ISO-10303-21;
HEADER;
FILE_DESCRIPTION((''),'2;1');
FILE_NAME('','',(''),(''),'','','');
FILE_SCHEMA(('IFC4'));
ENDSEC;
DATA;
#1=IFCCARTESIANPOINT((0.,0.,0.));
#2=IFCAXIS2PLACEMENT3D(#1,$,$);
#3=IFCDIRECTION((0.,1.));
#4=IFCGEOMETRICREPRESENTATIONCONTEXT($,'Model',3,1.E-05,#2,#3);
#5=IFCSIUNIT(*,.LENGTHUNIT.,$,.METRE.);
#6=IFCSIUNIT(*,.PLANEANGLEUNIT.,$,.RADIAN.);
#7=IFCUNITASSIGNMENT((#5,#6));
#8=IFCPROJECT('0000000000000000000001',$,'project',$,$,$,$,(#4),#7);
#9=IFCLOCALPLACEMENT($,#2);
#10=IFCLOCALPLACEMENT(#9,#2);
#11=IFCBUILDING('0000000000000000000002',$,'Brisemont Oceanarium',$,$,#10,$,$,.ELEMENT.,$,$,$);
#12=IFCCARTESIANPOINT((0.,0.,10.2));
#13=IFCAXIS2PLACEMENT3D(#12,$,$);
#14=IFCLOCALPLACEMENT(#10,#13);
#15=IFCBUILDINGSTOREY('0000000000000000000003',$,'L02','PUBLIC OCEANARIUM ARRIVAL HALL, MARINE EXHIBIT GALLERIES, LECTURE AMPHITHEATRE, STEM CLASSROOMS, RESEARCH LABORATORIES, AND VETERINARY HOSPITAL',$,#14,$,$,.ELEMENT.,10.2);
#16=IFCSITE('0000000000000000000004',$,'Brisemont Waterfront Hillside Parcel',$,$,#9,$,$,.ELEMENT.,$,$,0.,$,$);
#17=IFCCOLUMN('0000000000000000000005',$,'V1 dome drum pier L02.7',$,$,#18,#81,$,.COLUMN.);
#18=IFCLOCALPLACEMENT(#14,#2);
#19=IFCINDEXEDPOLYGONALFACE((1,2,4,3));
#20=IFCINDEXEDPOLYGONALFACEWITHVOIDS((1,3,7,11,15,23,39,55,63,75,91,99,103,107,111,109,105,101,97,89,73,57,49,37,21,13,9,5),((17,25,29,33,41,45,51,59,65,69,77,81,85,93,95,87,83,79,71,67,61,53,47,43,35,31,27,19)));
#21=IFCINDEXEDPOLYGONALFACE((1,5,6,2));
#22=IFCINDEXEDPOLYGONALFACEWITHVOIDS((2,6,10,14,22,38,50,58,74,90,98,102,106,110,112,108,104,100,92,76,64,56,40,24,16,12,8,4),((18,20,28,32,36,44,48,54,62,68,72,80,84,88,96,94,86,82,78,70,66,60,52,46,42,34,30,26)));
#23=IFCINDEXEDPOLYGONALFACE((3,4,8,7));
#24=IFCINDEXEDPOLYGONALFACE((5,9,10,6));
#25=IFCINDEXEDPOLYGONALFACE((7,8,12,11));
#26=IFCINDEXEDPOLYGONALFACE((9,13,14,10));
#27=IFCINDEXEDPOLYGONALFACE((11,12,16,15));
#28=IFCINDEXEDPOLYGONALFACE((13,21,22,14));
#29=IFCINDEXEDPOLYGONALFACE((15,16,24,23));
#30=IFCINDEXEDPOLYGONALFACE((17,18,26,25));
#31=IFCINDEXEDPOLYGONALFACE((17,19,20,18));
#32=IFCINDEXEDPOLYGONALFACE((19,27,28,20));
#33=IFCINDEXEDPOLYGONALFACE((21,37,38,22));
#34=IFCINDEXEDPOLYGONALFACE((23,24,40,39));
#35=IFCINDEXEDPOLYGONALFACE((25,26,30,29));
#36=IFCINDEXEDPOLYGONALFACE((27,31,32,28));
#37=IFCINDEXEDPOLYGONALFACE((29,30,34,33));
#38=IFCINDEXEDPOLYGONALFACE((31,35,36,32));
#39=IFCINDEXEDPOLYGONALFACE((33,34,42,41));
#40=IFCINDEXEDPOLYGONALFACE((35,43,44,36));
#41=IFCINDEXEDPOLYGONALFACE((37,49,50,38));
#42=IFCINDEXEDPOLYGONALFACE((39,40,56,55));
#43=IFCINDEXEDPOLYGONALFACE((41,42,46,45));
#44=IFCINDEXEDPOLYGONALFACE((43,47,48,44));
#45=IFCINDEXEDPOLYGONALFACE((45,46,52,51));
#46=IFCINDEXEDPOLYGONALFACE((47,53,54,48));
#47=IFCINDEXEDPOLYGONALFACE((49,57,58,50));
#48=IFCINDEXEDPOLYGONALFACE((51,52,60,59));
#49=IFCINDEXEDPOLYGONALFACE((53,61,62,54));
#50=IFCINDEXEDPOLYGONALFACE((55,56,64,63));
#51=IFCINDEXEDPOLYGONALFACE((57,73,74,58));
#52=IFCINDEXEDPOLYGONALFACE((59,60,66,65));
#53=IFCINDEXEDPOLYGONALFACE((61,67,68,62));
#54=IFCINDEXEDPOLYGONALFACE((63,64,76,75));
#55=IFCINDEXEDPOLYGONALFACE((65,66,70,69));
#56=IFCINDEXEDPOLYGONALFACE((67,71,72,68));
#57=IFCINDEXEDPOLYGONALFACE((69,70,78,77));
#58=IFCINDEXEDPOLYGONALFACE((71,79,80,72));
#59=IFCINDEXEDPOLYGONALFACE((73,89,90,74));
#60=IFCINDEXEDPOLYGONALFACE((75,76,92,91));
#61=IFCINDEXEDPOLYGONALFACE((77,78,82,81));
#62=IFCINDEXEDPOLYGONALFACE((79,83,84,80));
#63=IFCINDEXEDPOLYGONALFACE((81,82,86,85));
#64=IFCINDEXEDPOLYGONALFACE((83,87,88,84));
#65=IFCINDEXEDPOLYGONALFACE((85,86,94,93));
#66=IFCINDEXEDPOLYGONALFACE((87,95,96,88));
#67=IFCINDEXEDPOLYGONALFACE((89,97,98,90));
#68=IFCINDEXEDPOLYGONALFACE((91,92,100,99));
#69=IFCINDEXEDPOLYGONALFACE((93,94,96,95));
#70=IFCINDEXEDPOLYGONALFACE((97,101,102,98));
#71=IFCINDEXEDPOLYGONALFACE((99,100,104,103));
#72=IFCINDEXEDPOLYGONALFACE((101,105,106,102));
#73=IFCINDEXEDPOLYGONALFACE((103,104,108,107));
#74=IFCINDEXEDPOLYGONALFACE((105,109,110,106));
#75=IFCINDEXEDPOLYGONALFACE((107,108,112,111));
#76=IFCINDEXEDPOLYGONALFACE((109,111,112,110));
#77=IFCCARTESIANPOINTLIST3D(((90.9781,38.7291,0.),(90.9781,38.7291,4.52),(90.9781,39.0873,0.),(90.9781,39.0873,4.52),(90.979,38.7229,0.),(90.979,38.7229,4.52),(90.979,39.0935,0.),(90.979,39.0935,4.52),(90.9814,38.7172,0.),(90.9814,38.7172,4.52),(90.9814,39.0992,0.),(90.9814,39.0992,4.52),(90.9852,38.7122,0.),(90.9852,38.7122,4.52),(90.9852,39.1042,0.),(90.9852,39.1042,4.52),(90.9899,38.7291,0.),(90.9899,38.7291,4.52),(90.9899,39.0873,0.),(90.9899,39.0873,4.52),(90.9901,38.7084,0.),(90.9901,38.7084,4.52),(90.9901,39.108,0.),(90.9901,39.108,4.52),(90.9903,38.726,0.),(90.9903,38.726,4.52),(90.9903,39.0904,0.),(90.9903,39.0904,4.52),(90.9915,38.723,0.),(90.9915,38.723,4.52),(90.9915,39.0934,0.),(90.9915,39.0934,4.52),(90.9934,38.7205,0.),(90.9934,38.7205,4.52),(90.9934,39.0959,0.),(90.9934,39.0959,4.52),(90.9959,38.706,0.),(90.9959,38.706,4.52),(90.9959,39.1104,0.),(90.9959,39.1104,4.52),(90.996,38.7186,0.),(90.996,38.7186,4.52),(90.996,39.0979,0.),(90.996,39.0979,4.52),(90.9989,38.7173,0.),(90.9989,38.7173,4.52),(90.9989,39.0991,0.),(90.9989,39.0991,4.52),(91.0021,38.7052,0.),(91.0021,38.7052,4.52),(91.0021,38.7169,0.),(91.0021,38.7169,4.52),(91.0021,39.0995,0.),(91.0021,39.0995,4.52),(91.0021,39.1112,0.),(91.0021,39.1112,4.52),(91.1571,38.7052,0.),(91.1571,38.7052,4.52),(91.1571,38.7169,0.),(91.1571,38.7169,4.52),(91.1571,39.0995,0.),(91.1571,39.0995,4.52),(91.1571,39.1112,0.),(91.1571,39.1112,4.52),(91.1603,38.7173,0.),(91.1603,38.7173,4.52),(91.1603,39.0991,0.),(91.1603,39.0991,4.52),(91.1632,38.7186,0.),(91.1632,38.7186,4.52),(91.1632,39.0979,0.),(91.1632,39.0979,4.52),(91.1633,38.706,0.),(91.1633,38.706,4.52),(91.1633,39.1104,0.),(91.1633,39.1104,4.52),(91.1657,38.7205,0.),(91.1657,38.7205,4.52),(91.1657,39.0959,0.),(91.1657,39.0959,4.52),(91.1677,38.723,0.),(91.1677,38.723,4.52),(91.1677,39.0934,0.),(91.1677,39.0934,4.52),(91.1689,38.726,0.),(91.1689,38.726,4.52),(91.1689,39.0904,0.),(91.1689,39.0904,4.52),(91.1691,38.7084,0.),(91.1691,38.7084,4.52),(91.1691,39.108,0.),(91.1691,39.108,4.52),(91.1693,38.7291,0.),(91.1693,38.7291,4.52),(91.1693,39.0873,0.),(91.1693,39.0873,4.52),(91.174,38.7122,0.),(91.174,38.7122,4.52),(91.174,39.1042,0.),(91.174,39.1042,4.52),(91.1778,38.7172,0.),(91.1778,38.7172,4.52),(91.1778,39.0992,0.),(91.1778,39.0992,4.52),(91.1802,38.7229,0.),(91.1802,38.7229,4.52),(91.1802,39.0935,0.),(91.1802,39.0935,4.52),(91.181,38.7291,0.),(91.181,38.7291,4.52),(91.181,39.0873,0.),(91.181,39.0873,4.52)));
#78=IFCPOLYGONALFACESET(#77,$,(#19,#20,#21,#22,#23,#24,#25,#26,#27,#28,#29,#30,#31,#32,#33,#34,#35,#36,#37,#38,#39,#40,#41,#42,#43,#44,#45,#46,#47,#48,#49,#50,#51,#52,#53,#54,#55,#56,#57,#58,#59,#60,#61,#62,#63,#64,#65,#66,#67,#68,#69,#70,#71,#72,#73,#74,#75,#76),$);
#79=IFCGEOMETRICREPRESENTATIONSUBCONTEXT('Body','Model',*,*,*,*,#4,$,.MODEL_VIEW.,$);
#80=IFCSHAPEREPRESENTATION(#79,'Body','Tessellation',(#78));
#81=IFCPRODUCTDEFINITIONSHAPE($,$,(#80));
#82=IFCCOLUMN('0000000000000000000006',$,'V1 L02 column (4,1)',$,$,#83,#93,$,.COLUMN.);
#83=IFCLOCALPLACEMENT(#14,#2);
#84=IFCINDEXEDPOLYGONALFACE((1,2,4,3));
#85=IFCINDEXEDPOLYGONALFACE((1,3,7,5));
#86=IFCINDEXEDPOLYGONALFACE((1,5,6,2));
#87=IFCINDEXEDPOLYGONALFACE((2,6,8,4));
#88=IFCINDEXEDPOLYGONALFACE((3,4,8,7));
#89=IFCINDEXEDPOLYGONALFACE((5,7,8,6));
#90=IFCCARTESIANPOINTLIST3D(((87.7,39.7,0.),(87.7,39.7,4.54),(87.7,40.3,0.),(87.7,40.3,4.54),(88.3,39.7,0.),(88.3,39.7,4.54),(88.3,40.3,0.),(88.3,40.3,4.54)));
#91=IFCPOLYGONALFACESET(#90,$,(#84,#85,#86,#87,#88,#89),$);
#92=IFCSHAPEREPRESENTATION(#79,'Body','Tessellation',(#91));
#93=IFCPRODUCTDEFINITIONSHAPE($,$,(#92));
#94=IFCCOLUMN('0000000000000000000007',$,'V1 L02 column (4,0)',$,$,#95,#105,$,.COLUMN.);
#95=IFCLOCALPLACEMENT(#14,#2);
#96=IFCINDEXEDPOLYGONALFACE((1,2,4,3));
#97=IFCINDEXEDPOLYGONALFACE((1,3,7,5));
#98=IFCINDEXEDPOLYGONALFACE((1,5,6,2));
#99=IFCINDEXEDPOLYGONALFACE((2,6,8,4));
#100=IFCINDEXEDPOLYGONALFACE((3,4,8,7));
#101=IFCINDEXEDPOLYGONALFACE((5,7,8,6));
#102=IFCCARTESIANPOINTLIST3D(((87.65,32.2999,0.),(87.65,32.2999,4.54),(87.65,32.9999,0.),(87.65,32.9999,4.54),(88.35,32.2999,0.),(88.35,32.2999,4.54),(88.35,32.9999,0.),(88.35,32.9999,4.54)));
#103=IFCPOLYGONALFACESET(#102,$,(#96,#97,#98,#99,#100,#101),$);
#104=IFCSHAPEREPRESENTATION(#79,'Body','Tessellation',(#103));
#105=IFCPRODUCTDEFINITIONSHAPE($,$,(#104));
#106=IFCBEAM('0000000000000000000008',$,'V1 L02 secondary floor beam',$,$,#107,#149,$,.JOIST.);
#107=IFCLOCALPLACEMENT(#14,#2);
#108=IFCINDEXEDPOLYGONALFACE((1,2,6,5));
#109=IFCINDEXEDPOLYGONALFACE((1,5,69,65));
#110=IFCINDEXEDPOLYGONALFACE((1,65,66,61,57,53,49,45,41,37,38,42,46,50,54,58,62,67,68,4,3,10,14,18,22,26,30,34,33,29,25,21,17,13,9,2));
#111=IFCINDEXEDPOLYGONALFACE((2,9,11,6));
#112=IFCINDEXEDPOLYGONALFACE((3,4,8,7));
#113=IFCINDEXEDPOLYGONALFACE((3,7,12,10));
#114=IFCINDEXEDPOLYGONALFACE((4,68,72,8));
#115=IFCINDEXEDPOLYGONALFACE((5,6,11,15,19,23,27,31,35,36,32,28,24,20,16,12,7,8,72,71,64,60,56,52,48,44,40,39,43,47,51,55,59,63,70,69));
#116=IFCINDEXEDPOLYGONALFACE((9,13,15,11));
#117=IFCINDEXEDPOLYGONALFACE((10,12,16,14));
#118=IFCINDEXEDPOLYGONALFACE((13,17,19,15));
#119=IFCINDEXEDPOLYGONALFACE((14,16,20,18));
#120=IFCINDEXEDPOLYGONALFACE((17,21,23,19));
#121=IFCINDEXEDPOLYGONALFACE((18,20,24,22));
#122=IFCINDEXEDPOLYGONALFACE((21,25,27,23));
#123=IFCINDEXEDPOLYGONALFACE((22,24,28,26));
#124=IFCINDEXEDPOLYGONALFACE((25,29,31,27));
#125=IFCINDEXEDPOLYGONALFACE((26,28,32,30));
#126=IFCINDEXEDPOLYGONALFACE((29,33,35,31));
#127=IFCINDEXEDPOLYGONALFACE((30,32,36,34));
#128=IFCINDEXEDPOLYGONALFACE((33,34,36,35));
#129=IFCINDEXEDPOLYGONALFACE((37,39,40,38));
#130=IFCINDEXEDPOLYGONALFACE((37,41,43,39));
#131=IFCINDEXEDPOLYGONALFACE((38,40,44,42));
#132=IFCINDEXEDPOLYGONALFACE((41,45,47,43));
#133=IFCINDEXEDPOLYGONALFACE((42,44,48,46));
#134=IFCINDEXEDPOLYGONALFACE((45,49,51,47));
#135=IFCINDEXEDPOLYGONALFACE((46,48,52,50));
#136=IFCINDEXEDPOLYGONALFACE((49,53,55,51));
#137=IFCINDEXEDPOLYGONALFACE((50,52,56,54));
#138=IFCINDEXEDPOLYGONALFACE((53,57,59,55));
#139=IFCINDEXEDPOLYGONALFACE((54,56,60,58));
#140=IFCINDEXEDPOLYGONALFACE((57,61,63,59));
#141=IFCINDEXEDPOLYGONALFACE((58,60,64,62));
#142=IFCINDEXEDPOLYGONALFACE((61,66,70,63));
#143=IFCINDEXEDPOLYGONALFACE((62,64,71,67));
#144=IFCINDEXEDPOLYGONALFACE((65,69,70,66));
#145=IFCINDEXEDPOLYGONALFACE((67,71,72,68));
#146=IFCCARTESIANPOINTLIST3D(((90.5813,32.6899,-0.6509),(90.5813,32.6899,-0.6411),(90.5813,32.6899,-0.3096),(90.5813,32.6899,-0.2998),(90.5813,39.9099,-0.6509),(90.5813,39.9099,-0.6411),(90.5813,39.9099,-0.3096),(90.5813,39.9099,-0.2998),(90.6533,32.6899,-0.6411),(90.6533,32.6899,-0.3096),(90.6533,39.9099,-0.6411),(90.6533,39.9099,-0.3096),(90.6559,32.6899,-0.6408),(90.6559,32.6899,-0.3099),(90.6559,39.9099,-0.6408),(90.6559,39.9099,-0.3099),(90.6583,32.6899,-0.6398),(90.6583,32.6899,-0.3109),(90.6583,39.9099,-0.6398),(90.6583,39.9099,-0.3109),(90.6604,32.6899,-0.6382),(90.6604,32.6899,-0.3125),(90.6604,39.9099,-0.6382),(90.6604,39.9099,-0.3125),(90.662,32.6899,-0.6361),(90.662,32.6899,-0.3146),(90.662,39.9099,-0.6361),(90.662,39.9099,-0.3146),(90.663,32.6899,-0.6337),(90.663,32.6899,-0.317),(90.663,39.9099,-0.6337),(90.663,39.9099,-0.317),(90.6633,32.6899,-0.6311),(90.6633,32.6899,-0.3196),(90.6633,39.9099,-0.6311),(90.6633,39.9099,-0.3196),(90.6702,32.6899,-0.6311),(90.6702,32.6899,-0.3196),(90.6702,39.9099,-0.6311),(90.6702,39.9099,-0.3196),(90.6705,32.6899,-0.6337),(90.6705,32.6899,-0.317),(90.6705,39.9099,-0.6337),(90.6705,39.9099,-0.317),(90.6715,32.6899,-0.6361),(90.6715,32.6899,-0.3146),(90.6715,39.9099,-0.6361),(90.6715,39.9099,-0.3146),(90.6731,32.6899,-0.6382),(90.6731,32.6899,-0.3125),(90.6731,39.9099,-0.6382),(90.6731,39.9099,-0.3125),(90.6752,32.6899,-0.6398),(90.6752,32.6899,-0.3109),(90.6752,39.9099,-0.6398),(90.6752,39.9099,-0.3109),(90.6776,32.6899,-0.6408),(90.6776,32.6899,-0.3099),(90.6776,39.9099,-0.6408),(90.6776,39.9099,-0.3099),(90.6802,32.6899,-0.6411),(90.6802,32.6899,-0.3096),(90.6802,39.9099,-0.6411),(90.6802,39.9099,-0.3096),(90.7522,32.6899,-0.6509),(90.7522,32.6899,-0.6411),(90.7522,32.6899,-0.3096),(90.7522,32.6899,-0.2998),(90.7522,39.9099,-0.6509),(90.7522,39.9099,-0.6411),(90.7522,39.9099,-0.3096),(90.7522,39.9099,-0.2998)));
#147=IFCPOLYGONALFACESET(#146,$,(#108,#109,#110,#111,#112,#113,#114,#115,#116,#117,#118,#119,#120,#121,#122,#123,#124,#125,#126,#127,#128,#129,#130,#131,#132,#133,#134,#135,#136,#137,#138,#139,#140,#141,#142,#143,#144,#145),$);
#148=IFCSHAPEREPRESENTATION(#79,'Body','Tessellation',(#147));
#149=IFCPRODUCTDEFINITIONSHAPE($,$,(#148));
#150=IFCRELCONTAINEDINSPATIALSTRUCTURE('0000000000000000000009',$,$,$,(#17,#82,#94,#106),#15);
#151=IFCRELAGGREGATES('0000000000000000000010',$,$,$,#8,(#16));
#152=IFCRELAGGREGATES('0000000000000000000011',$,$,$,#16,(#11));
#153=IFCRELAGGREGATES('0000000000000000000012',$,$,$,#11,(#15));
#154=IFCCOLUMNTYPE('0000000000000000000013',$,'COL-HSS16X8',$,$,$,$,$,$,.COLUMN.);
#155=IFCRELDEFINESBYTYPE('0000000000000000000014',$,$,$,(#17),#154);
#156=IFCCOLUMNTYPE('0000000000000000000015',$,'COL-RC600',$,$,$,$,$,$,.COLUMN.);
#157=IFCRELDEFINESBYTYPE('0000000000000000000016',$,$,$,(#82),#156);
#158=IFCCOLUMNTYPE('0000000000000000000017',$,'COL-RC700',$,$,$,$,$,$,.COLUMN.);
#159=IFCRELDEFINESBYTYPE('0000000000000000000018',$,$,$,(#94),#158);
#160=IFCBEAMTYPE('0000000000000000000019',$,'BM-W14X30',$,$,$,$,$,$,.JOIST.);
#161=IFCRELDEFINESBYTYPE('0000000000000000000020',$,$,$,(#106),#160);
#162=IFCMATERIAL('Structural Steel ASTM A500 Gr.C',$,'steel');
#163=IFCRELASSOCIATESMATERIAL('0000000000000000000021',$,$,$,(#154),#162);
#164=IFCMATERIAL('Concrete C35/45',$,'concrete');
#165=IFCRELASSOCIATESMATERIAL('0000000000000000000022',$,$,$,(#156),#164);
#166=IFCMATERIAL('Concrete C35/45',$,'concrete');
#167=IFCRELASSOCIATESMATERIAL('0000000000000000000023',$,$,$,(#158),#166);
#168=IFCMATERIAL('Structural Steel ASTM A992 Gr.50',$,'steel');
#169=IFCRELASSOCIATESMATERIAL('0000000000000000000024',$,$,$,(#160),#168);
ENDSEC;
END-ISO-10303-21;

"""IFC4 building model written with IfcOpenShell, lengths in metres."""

from ifc_helpers import new_model, si_unit, direction, frame, origin, origin_2d, place, context, subcontext, project, spatial, rectangle, hollow_rectangle, i_section, extrude, material, material_profile, profile_set, type_object, element, save


model = new_model("IFC4")

# Units and contexts
model_context = context("Model", 3, precision=1e-05, world=origin(), true_north=direction((0.0, 1.0)))
body_context = subcontext(model_context, "Body", "Model", "MODEL_VIEW")
ifc_project = project(units=[si_unit("LENGTHUNIT", "METRE"), si_unit("PLANEANGLEUNIT", "RADIAN")], contexts=[model_context])

# Site, building, storey
site_placement = place(None, origin())
site = spatial("IfcSite", under=ifc_project, at=site_placement, Name="Brisemont Waterfront Hillside Parcel", CompositionType="ELEMENT", RefElevation=0.0)
building_placement = place(site_placement, origin())
building = spatial("IfcBuilding", under=site, at=building_placement, Name="Brisemont Oceanarium", CompositionType="ELEMENT")
storey_placement = place(building_placement, frame((0.0, 0.0, 10.2)))
storey = spatial("IfcBuildingStorey", under=building, at=storey_placement, Name="L02", Description="PUBLIC OCEANARIUM ARRIVAL HALL, MARINE EXHIBIT GALLERIES, LECTURE AMPHITHEATRE, STEM CLASSROOMS, RESEARCH LABORATORIES, AND VETERINARY HOSPITAL", CompositionType="ELEMENT", Elevation=10.2)

# Columns
ifc_material_1 = material(Name="Structural Steel ASTM A500 Gr.C", Category="steel")
ifc_material_profile_1 = material_profile(ifc_material_1, hollow_rectangle(XDim=0.2029, YDim=0.406, WallThickness=0.0117, InnerFilletRadius=0.0122, OuterFilletRadius=0.0239, at=origin_2d()), Name="HSS16X8X1/2")
ifc_profile_set_1 = profile_set([ifc_material_profile_1], Name="Structural Steel ASTM A500 Gr.C")
column_type_1 = type_object("IfcColumnType", Name="COL-HSS16X8", PredefinedType="COLUMN", material=ifc_profile_set_1)
column_1_placement = place(storey_placement, frame((91.0796, 38.9082, 0.0), z_axis=(0.0, 0.0, 1.0), x_axis=(1.0, 0.0, 0.0)))
element("IfcColumn", 1, at=column_1_placement, inside=storey, type_object=column_type_1, Name="V1 dome drum pier L02.7", PredefinedType="COLUMN", context=body_context, shape_type="SweptSolid", body=[
    extrude(hollow_rectangle(XDim=0.2029, YDim=0.406, WallThickness=0.0117, InnerFilletRadius=0.0122, OuterFilletRadius=0.0239, at=origin_2d()), origin(), (0.0, 0.0, 1.0), 4.52),
])
ifc_material_2 = material(Name="Concrete C35/45", Category="concrete")
ifc_material_profile_2 = material_profile(ifc_material_2, rectangle(XDim=0.6001, YDim=0.6001, at=origin_2d()), Name="RC-COL-600X600")
ifc_profile_set_2 = profile_set([ifc_material_profile_2], Name="Concrete C35/45")
column_type_2 = type_object("IfcColumnType", Name="COL-RC600", PredefinedType="COLUMN", material=ifc_profile_set_2)
column_2_placement = place(storey_placement, frame((88.0, 40.0, 0.0), z_axis=(0.0, 0.0, 1.0), x_axis=(0.0, 1.0, 0.0)))
element("IfcColumn", 2, at=column_2_placement, inside=storey, type_object=column_type_2, Name="V1 L02 column (4,1)", PredefinedType="COLUMN", context=body_context, shape_type="SweptSolid", body=[
    extrude(rectangle(XDim=0.6001, YDim=0.6001, at=origin_2d()), origin(), (0.0, 0.0, 1.0), 4.54),
])
ifc_material_3 = material(Name="Concrete C35/45", Category="concrete")
ifc_material_profile_3 = material_profile(ifc_material_3, rectangle(XDim=0.7, YDim=0.7, at=origin_2d()), Name="RC-COL-700X700")
ifc_profile_set_3 = profile_set([ifc_material_profile_3], Name="Concrete C35/45")
column_type_3 = type_object("IfcColumnType", Name="COL-RC700", PredefinedType="COLUMN", material=ifc_profile_set_3)
column_3_placement = place(storey_placement, frame((88.0, 32.6499, 0.0), z_axis=(0.0, 0.0, 1.0), x_axis=(1.0, 0.0, 0.0)))
element("IfcColumn", 3, at=column_3_placement, inside=storey, type_object=column_type_3, Name="V1 L02 column (4,0)", PredefinedType="COLUMN", context=body_context, shape_type="SweptSolid", body=[
    extrude(rectangle(XDim=0.7, YDim=0.7, at=origin_2d()), origin(), (0.0, 0.0, 1.0), 4.54),
])

# Beam
ifc_material_4 = material(Name="Structural Steel ASTM A992 Gr.50", Category="steel")
ifc_material_profile_4 = material_profile(ifc_material_4, i_section(OverallWidth=0.1709, OverallDepth=0.3511, WebThickness=0.0068, FlangeThickness=0.0098, FilletRadius=0.01, at=origin_2d()), Name="W14X30")
ifc_profile_set_4 = profile_set([ifc_material_profile_4], Name="Structural Steel ASTM A992 Gr.50")
beam_type_1 = type_object("IfcBeamType", Name="BM-W14X30", PredefinedType="JOIST", material=ifc_profile_set_4)
beam_1_placement = place(storey_placement, frame((90.6667, 32.6899, -0.4753), z_axis=(0.0, 1.0, 0.0), x_axis=(-1.0, 0.0, 0.0)))
element("IfcBeam", 4, at=beam_1_placement, inside=storey, type_object=beam_type_1, Name="V1 L02 secondary floor beam", PredefinedType="JOIST", context=body_context, shape_type="SweptSolid", body=[
    extrude(i_section(OverallWidth=0.1709, OverallDepth=0.3511, WebThickness=0.0068, FlangeThickness=0.0098, FilletRadius=0.01, at=origin_2d()), origin(), (0.0, 0.0, 1.0), 7.22),
])

save(model, "model.ifc")
